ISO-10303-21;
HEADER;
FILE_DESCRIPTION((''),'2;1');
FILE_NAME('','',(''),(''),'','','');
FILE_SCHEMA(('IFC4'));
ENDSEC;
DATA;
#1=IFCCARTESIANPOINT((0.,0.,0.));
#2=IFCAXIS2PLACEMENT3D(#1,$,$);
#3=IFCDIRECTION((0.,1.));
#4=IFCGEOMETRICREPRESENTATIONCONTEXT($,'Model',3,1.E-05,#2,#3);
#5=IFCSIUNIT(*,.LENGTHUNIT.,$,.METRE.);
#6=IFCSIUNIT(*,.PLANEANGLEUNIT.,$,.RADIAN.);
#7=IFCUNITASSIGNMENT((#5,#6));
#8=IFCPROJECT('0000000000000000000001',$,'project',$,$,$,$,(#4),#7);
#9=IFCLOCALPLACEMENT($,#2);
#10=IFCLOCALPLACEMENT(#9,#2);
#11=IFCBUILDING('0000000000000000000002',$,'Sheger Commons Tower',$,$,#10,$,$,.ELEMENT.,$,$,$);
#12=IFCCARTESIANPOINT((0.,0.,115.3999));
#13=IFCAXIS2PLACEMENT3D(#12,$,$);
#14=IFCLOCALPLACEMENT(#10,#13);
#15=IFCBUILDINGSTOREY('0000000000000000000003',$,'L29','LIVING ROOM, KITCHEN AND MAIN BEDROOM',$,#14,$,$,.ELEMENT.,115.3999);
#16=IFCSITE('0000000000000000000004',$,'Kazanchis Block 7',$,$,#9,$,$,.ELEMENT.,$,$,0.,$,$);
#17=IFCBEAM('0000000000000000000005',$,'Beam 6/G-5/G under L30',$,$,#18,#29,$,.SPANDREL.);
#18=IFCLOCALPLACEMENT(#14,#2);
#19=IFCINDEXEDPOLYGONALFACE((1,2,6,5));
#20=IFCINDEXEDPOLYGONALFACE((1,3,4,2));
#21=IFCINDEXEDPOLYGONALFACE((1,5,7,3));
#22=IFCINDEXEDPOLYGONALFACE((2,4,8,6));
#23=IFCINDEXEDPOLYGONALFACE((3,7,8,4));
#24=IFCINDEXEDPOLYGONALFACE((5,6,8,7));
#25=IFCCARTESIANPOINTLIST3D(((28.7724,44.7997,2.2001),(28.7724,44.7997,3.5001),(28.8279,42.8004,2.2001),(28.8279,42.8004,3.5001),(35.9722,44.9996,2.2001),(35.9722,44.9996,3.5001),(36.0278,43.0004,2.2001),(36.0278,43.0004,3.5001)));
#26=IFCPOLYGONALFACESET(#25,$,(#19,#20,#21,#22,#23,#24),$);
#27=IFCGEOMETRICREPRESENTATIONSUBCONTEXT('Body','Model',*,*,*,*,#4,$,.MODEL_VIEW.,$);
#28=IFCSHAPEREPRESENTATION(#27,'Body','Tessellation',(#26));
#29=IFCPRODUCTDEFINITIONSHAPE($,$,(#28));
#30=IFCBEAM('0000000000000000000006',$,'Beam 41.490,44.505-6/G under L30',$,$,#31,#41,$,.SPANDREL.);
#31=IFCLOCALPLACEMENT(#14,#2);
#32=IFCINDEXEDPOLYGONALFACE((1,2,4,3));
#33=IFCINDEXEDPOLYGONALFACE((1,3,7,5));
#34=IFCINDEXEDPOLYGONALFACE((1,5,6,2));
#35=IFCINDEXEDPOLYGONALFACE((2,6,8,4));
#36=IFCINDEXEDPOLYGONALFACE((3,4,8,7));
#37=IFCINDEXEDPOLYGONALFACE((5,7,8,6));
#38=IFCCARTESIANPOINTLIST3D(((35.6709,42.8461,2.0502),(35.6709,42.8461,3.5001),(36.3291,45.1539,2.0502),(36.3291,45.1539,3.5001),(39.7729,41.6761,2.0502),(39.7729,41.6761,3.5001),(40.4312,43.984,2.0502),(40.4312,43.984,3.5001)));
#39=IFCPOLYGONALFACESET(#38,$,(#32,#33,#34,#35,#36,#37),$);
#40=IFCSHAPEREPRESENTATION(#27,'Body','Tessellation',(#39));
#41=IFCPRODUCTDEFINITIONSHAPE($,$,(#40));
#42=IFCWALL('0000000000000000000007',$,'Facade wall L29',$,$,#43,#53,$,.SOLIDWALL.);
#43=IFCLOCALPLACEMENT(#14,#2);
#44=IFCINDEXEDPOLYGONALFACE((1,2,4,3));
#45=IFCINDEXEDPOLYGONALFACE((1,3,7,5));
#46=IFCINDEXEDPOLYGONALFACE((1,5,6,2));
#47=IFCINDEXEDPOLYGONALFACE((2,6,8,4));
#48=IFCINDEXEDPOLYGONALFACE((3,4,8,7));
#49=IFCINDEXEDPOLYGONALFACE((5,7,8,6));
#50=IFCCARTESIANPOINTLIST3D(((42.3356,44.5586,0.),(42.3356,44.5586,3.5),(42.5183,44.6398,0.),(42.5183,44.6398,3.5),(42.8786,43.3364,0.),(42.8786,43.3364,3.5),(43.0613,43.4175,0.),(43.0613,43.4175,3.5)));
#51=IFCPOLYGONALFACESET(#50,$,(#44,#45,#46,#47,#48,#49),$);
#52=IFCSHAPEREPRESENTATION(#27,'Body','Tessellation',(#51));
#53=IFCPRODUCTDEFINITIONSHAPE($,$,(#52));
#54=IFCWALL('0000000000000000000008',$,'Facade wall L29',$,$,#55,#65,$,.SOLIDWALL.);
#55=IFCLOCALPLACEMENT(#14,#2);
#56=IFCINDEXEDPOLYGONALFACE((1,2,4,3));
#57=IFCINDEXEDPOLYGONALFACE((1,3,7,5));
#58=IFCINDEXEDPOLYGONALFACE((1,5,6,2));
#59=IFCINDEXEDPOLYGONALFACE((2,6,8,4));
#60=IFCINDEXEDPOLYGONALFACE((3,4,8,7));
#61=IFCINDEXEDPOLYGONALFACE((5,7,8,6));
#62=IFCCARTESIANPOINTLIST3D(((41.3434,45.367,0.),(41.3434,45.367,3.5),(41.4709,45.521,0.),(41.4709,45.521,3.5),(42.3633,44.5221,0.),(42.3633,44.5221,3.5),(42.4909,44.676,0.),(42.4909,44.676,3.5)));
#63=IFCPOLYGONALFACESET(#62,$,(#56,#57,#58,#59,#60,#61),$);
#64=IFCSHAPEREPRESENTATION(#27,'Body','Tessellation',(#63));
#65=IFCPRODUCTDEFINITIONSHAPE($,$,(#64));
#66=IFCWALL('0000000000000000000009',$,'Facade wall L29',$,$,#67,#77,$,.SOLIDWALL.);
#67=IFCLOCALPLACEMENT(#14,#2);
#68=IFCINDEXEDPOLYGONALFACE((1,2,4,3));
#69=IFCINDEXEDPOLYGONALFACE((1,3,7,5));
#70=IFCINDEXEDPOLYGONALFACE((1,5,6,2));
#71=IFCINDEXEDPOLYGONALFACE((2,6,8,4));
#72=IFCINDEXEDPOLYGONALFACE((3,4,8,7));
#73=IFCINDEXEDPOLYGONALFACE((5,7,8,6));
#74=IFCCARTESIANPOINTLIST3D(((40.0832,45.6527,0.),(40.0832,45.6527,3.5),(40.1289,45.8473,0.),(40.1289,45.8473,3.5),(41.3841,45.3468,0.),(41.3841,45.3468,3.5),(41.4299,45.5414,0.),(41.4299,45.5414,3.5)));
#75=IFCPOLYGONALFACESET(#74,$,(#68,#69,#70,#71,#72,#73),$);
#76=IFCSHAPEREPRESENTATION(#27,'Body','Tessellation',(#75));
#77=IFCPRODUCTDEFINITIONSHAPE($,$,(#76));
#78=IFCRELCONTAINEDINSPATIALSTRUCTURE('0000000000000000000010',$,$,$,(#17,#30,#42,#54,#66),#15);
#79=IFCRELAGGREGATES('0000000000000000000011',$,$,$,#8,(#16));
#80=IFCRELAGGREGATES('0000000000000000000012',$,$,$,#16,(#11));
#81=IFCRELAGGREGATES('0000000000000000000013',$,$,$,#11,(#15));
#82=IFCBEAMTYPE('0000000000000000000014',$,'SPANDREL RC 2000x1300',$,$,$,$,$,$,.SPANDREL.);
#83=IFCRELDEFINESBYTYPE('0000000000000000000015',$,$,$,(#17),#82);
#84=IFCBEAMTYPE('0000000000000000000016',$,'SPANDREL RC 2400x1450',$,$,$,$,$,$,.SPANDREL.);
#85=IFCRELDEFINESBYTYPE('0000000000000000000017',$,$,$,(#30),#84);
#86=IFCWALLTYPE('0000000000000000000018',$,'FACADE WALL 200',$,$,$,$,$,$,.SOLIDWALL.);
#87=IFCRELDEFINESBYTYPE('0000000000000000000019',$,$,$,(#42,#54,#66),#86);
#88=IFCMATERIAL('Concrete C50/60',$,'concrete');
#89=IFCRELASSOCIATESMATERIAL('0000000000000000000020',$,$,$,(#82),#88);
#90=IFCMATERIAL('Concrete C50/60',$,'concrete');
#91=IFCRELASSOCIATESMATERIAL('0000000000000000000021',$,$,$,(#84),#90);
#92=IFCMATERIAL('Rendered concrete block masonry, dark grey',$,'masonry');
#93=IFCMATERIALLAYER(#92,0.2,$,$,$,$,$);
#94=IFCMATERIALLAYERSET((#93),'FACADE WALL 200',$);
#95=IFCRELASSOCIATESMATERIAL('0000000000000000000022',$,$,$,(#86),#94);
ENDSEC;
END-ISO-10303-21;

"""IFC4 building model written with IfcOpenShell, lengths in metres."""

from ifc_helpers import new_model, si_unit, direction, frame, frame_2d, origin, origin_2d, place, context, subcontext, project, spatial, rectangle, extrude, material, layer, layer_set, material_profile, profile_set, type_object, element, save


model = new_model("IFC4")

# Units and contexts
model_context = context("Model", 3, precision=1e-05, world=origin(), true_north=direction((0.0, 1.0)))
body_context = subcontext(model_context, "Body", "Model", "MODEL_VIEW")
ifc_project = project(units=[si_unit("LENGTHUNIT", "METRE"), si_unit("PLANEANGLEUNIT", "RADIAN")], contexts=[model_context])

# Site, building, storey
site_placement = place(None, origin())
site = spatial("IfcSite", under=ifc_project, at=site_placement, Name="Kazanchis Block 7", CompositionType="ELEMENT", RefElevation=0.0)
building_placement = place(site_placement, origin())
building = spatial("IfcBuilding", under=site, at=building_placement, Name="Sheger Commons Tower", CompositionType="ELEMENT")
storey_placement = place(building_placement, frame((0.0, 0.0, 115.3999)))
storey = spatial("IfcBuildingStorey", under=building, at=storey_placement, Name="L29", Description="LIVING ROOM, KITCHEN AND MAIN BEDROOM", CompositionType="ELEMENT", Elevation=115.3999)

# Beams
ifc_material_1 = material(Name="Concrete C50/60", Category="concrete")
ifc_material_profile_1 = material_profile(ifc_material_1, rectangle(XDim=2.0, YDim=1.3, at=origin_2d()), Name="RC 2000x1300")
ifc_profile_set_1 = profile_set([ifc_material_profile_1], Name="Concrete C50/60")
beam_type_1 = type_object("IfcBeamType", Name="SPANDREL RC 2000x1300", PredefinedType="SPANDREL", material=ifc_profile_set_1)
beam_1_placement = place(storey_placement, frame((36.0, 44.0, 2.8501), z_axis=(-0.999615, -0.02776, 0.0), x_axis=(0.02776, -0.999615, 0.0)))
element("IfcBeam", 1, at=beam_1_placement, inside=storey, type_object=beam_type_1, Name="Beam 6/G-5/G under L30", PredefinedType="SPANDREL", context=body_context, shape_type="SweptSolid", body=[
    extrude(rectangle(XDim=2.0, YDim=1.3, at=origin_2d()), origin(), (0.0, 0.0, 1.0), 7.2026),
])
ifc_material_2 = material(Name="Concrete C50/60", Category="concrete")
ifc_material_profile_2 = material_profile(ifc_material_2, rectangle(XDim=2.3999, YDim=1.45, at=origin_2d()), Name="RC 2400x1450")
ifc_profile_set_2 = profile_set([ifc_material_profile_2], Name="Concrete C50/60")
beam_type_2 = type_object("IfcBeamType", Name="SPANDREL RC 2400x1450", PredefinedType="SPANDREL", material=ifc_profile_set_2)
beam_2_placement = place(storey_placement, frame((40.1021, 42.8301, 2.7751), z_axis=(-0.961653, 0.274268, 0.0), x_axis=(-0.274268, -0.961653, 0.0)))
element("IfcBeam", 2, at=beam_2_placement, inside=storey, type_object=beam_type_2, Name="Beam 41.490,44.505-6/G under L30", PredefinedType="SPANDREL", context=body_context, shape_type="SweptSolid", body=[
    extrude(rectangle(XDim=2.3999, YDim=1.45, at=origin_2d()), origin(), (0.0, 0.0, 1.0), 4.2656),
])

# Walls
ifc_material_3 = material(Name="Rendered concrete block masonry, dark grey", Category="masonry")
ifc_layer_1 = layer(ifc_material_3, 0.2)
ifc_layer_set_1 = layer_set([ifc_layer_1], Name="FACADE WALL 200")
wall_type_1 = type_object("IfcWallType", Name="FACADE WALL 200", PredefinedType="SOLIDWALL", material=ifc_layer_set_1)
wall_1_placement = place(storey_placement, frame((42.97, 43.377, 0.0), z_axis=(0.0, 0.0, 1.0), x_axis=(-0.406003, 0.913872, 0.0)))
element("IfcWall", 3, at=wall_1_placement, inside=storey, type_object=wall_type_1, Name="Facade wall L29", PredefinedType="SOLIDWALL", context=body_context, shape_type="SweptSolid", body=[
    extrude(rectangle(XDim=1.3374, YDim=0.2, at=frame_2d((0.6687, 0.0))), origin(), (0.0, 0.0, 1.0), 3.5),
])
wall_2_placement = place(storey_placement, frame((42.427, 44.5991, 0.0), z_axis=(0.0, 0.0, 1.0), x_axis=(-0.770091, 0.637934, 0.0)))
element("IfcWall", 4, at=wall_2_placement, inside=storey, type_object=wall_type_1, Name="Facade wall L29", PredefinedType="SOLIDWALL", context=body_context, shape_type="SweptSolid", body=[
    extrude(rectangle(XDim=1.3245, YDim=0.2, at=frame_2d((0.6621, 0.0))), origin(), (0.0, 0.0, 1.0), 3.5),
])
wall_3_placement = place(storey_placement, frame((41.407, 45.4441, 0.0), z_axis=(0.0, 0.0, 1.0), x_axis=(-0.973453, 0.228887, 0.0)))
element("IfcWall", 5, at=wall_3_placement, inside=storey, type_object=wall_type_1, Name="Facade wall L29", PredefinedType="SOLIDWALL", context=body_context, shape_type="SweptSolid", body=[
    extrude(rectangle(XDim=1.3364, YDim=0.2, at=frame_2d((0.6682, 0.0))), origin(), (0.0, 0.0, 1.0), 3.5),
])

save(model, "model.ifc")
